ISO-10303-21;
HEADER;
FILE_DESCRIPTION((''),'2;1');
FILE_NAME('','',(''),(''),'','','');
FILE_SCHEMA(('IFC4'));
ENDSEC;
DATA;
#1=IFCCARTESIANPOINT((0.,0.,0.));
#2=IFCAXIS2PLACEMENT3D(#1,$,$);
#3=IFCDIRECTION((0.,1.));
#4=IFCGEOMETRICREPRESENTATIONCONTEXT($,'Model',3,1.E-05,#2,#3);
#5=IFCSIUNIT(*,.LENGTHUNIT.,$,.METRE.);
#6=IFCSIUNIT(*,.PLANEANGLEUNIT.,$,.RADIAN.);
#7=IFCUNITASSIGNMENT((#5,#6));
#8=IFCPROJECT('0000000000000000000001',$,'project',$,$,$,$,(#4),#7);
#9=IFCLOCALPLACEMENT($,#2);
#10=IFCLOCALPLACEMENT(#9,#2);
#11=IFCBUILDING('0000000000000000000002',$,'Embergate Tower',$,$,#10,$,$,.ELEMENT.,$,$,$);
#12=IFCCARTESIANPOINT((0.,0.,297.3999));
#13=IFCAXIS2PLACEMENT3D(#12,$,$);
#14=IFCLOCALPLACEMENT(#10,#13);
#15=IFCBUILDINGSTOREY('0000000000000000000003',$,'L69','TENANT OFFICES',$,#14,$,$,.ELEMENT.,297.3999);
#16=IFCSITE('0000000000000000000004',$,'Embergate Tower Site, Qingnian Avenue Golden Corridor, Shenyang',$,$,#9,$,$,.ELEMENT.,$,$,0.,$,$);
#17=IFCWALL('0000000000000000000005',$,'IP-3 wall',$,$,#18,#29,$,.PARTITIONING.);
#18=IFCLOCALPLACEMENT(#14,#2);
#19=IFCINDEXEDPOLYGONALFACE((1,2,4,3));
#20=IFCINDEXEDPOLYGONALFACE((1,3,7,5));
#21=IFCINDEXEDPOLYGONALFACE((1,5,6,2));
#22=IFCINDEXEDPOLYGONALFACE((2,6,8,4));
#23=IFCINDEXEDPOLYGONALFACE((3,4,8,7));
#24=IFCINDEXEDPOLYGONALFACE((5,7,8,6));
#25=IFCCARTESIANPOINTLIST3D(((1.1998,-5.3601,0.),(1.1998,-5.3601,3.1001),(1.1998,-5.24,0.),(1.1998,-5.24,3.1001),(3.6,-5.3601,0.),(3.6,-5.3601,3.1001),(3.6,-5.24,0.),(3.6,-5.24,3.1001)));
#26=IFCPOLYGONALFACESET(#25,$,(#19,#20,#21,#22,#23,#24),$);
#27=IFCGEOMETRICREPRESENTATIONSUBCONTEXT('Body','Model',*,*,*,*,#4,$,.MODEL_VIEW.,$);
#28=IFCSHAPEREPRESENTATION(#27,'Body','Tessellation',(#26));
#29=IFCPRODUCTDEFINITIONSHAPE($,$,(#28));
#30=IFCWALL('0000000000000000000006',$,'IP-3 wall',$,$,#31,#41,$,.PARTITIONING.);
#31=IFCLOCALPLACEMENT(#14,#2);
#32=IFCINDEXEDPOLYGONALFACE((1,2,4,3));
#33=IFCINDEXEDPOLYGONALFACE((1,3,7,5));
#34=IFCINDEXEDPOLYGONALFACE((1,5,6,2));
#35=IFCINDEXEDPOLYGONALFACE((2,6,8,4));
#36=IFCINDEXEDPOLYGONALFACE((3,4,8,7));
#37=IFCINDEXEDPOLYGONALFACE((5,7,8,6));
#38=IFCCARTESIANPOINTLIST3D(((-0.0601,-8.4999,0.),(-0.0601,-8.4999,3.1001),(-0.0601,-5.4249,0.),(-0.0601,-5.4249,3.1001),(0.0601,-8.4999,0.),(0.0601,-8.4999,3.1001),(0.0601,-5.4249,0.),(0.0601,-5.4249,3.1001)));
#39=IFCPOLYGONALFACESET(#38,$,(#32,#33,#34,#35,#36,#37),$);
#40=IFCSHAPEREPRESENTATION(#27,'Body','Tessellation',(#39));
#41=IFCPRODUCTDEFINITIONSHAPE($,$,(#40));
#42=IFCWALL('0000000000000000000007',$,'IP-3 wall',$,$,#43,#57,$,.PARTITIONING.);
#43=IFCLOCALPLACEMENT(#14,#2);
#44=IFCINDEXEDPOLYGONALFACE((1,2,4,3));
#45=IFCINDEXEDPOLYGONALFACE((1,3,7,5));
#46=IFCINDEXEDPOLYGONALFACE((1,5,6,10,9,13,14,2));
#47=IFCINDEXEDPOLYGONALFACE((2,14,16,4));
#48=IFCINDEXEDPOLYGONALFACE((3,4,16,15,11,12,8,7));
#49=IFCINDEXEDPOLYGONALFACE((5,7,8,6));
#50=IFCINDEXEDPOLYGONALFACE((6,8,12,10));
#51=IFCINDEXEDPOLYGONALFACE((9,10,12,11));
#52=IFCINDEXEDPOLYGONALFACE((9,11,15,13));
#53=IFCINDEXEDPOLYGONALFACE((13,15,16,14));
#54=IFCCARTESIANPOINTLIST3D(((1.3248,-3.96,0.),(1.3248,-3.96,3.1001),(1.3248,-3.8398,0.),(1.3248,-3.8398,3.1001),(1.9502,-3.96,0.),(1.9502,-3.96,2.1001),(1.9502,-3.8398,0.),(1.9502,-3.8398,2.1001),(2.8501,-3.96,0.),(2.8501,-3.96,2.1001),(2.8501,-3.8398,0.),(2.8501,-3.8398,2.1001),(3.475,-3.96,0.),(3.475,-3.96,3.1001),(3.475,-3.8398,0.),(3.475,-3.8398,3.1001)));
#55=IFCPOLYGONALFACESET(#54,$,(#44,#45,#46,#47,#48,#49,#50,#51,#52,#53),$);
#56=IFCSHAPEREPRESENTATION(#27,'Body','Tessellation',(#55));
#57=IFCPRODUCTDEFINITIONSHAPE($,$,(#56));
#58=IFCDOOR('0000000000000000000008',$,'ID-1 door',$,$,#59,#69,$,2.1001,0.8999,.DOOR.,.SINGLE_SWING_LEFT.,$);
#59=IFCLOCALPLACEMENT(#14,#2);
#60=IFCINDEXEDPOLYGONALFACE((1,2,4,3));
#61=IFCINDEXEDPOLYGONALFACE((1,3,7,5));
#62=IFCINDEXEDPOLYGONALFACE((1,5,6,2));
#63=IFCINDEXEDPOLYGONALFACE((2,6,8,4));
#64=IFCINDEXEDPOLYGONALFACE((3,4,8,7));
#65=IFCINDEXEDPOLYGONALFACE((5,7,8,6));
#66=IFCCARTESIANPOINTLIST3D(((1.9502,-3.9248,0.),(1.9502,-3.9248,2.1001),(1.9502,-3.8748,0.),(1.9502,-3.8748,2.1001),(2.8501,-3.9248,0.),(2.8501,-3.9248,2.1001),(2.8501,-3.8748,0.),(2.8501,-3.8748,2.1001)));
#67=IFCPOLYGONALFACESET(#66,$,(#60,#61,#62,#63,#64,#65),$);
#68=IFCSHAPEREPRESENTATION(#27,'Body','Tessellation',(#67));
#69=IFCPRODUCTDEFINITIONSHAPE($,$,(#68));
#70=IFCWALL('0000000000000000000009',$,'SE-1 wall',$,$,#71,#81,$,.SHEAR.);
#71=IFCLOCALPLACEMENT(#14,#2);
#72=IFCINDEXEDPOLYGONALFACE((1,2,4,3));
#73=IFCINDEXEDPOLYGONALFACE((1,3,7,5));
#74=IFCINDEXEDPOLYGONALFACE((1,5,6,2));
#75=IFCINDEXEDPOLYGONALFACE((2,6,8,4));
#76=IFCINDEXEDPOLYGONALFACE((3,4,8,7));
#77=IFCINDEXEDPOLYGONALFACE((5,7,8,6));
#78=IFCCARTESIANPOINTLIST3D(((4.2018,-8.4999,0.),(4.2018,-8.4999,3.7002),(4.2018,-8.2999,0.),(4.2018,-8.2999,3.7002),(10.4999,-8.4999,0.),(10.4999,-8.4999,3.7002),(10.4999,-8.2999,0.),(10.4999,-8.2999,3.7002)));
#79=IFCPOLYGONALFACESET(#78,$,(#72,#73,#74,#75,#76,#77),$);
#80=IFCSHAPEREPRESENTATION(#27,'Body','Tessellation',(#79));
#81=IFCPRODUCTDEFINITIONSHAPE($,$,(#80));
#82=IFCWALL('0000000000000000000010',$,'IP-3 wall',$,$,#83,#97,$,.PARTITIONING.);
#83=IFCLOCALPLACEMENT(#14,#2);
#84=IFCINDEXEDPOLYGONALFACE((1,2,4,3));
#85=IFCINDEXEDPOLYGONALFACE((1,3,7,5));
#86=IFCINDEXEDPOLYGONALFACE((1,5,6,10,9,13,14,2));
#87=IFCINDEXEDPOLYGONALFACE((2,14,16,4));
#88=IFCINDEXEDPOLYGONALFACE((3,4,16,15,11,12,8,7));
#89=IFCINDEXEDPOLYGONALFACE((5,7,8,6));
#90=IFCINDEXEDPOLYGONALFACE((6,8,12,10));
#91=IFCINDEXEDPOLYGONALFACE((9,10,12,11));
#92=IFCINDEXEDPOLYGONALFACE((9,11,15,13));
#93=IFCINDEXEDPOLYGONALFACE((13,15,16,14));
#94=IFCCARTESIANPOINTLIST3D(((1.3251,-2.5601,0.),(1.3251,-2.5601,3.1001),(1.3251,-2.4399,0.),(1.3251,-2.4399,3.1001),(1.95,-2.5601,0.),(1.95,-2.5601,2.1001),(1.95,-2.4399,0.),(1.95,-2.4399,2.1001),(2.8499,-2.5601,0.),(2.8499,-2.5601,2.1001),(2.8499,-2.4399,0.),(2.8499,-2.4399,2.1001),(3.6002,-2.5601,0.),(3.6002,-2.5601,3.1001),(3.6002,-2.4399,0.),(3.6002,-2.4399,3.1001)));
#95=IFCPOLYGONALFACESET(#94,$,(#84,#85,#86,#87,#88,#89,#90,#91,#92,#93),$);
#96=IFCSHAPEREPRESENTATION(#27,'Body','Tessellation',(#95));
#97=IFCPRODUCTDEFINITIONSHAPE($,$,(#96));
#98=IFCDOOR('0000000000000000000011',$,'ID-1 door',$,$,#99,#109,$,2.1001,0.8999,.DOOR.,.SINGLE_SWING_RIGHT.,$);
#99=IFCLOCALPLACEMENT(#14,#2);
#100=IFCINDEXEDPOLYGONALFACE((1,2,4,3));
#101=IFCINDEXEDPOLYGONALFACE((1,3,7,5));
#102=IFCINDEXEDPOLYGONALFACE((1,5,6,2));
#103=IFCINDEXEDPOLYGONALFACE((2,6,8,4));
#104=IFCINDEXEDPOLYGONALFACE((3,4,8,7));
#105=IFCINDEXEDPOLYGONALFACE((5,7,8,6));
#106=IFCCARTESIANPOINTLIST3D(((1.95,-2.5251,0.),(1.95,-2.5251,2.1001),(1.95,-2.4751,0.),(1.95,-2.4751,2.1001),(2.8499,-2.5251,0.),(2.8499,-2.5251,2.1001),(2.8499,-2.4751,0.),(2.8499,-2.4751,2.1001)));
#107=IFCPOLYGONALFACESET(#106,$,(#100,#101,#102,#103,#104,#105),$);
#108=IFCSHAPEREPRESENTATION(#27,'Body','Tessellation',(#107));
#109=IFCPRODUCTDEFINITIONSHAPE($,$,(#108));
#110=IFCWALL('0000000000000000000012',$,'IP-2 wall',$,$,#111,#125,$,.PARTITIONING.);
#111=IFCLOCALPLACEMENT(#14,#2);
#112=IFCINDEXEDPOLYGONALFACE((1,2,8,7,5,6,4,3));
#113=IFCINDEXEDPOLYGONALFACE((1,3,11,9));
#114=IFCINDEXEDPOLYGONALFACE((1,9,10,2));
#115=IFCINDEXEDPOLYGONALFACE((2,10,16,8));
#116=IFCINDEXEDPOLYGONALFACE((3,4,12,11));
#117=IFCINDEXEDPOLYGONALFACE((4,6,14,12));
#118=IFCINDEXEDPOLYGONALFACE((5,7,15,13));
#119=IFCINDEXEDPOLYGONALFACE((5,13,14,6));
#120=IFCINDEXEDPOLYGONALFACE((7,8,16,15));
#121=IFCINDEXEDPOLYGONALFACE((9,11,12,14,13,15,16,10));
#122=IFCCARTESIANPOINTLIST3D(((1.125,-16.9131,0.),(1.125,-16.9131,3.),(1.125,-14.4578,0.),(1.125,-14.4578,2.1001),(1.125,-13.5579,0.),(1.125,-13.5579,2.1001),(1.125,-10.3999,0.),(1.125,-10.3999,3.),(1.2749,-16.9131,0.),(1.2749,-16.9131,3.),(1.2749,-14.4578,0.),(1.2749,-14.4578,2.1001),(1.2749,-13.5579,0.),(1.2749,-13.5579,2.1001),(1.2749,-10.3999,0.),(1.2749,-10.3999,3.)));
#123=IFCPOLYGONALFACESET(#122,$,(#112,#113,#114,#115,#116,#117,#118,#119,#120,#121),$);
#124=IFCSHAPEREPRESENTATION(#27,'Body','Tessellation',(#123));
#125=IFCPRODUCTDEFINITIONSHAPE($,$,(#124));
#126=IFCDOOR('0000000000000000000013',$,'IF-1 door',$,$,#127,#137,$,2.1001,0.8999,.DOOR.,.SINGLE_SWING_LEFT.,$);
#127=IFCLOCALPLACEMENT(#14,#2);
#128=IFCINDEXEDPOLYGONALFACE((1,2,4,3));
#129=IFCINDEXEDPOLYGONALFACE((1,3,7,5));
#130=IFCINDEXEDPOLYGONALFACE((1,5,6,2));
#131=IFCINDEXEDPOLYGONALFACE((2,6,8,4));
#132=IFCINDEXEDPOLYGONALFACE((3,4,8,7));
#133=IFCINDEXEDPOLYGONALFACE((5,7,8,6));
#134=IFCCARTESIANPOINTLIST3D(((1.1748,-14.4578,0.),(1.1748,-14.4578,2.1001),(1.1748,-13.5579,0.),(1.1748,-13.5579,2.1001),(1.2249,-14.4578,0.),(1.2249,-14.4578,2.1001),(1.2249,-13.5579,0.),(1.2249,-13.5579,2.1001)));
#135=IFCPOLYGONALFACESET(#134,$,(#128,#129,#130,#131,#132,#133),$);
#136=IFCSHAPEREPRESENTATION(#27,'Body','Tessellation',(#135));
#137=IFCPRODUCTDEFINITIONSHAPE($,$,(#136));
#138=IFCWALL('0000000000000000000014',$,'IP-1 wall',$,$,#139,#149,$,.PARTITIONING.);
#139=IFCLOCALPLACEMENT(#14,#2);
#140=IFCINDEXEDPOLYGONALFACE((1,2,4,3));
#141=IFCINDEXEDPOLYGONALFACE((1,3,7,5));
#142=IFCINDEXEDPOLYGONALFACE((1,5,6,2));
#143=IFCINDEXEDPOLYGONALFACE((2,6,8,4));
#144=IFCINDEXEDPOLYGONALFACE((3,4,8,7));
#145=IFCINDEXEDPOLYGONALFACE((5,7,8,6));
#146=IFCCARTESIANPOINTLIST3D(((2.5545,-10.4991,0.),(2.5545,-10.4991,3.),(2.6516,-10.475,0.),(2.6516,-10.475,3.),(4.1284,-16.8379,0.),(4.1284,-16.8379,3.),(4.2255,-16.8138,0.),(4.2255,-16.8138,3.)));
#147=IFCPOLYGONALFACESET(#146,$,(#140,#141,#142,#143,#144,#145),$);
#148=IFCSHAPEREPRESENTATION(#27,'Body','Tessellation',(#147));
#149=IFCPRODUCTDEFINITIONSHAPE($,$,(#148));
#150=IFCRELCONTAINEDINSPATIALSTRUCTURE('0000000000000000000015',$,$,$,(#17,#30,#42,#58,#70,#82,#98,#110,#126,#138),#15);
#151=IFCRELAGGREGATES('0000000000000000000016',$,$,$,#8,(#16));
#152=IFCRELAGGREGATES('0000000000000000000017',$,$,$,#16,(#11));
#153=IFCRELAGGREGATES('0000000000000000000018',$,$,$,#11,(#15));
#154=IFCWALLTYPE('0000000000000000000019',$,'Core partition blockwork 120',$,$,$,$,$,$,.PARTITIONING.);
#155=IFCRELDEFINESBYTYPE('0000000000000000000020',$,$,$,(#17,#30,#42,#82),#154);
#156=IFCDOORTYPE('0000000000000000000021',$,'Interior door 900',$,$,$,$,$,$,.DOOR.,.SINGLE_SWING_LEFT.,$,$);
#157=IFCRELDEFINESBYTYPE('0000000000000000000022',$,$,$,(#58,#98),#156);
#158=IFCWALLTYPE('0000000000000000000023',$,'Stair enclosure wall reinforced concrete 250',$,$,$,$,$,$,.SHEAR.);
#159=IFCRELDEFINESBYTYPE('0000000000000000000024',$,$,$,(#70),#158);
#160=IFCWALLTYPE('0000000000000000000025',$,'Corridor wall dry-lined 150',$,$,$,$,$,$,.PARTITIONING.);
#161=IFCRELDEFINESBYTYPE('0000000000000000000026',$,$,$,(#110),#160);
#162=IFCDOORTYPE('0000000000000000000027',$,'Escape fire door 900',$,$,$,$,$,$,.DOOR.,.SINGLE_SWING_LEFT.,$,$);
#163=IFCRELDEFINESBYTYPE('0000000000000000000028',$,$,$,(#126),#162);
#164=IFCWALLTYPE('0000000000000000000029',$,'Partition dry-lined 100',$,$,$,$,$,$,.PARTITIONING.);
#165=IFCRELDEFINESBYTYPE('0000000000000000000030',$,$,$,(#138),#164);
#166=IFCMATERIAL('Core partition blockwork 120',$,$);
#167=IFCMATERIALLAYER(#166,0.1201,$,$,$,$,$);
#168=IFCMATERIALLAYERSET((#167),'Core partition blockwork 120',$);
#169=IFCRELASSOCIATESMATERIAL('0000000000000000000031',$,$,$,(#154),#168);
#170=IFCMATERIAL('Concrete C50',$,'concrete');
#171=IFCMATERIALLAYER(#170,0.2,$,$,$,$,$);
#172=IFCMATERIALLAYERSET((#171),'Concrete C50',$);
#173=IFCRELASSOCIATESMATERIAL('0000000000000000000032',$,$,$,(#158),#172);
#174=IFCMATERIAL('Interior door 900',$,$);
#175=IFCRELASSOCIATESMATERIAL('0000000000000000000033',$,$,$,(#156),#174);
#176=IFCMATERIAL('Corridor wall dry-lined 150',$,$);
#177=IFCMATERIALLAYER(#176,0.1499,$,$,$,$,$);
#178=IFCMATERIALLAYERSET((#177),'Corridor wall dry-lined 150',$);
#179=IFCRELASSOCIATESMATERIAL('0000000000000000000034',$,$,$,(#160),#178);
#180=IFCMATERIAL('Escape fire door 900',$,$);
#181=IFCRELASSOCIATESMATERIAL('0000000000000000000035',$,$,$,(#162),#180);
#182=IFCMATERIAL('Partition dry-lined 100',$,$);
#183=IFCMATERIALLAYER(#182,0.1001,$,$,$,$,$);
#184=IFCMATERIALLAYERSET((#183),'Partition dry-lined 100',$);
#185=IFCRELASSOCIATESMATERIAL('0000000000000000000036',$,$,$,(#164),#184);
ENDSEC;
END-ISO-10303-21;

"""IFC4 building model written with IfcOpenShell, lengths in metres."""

from ifc_helpers import new_model, si_unit, direction, frame, frame_2d, origin, place, context, subcontext, project, spatial, rectangle, extrude, source, transform, mapped, material, layer, layer_set, type_object, element, fill, save


model = new_model("IFC4")

# Units and contexts
model_context = context("Model", 3, precision=1e-05, world=origin(), true_north=direction((0.0, 1.0)))
body_context = subcontext(model_context, "Body", "Model", "MODEL_VIEW")
ifc_project = project(units=[si_unit("LENGTHUNIT", "METRE"), si_unit("PLANEANGLEUNIT", "RADIAN")], contexts=[model_context])

# Site, building, storey
site_placement = place(None, origin())
site = spatial("IfcSite", under=ifc_project, at=site_placement, Name="Embergate Tower Site, Qingnian Avenue Golden Corridor, Shenyang", CompositionType="ELEMENT", RefElevation=0.0)
building_placement = place(site_placement, origin())
building = spatial("IfcBuilding", under=site, at=building_placement, Name="Embergate Tower", CompositionType="ELEMENT")
storey_placement = place(building_placement, frame((0.0, 0.0, 297.3999)))
storey = spatial("IfcBuildingStorey", under=building, at=storey_placement, Name="L69", Description="TENANT OFFICES", CompositionType="ELEMENT", Elevation=297.3999)

# Shared definitions
ifc_material_1 = material(Name="Core partition blockwork 120")
ifc_layer_1 = layer(ifc_material_1, 0.1201)
ifc_layer_set_1 = layer_set([ifc_layer_1], Name="Core partition blockwork 120")
wall_type_1 = type_object("IfcWallType", Name="Core partition blockwork 120", PredefinedType="PARTITIONING", material=ifc_layer_set_1)

# Shared definitions
ifc_material_2 = material(Name="Concrete C50", Category="concrete")
ifc_layer_2 = layer(ifc_material_2, 0.2)
ifc_layer_set_2 = layer_set([ifc_layer_2], Name="Concrete C50")
wall_type_2 = type_object("IfcWallType", Name="Stair enclosure wall reinforced concrete 250", PredefinedType="SHEAR", material=ifc_layer_set_2)

# Walls
shared_shape_1 = source(origin(), body_context, "Body", "SweptSolid", [
    extrude(rectangle(XDim=2.4001, YDim=0.1201, at=frame_2d((1.2002, 0.0))), origin(), (0.0, 0.0, 1.0), 3.1001),
])
wall_1_placement = place(storey_placement, frame((3.6001, -5.3, 0.0), z_axis=(0.0, 0.0, 1.0), x_axis=(-1.0, 0.0, 0.0)))
element("IfcWall", 1, at=wall_1_placement, inside=storey, type_object=wall_type_1, Name="IP-3 wall", PredefinedType="PARTITIONING", context=body_context, shape_type="MappedRepresentation", body=[
    mapped(shared_shape_1, transform((0.0, 0.0, 0.0))),
])
shared_shape_2 = source(origin(), body_context, "Body", "SweptSolid", [
    extrude(rectangle(XDim=3.075, YDim=0.1201, at=frame_2d((1.5376, 0.0))), origin(), (0.0, 0.0, 1.0), 3.1001),
])
wall_2_placement = place(storey_placement, frame((0.0, -8.5, 0.0), z_axis=(0.0, 0.0, 1.0), x_axis=(0.0, 1.0, 0.0)))
element("IfcWall", 2, at=wall_2_placement, inside=storey, type_object=wall_type_1, Name="IP-3 wall", PredefinedType="PARTITIONING", context=body_context, shape_type="MappedRepresentation", body=[
    mapped(shared_shape_2, transform((0.0, 0.0, 0.0))),
])

# Wall, opening, door
shared_shape_3 = source(origin(), body_context, "Body", "SweptSolid", [
    extrude(rectangle(XDim=2.1501, YDim=0.1201, at=frame_2d((1.0752, 0.0))), origin(), (0.0, 0.0, 1.0), 3.1001),
])
wall_3_placement = place(storey_placement, frame((3.4751, -3.8999, 0.0), z_axis=(0.0, 0.0, 1.0), x_axis=(-1.0, 0.0, 0.0)))
wall_3 = element("IfcWall", 3, at=wall_3_placement, inside=storey, type_object=wall_type_1, Name="IP-3 wall", PredefinedType="PARTITIONING", context=body_context, shape_type="MappedRepresentation", body=[
    mapped(shared_shape_3, transform((0.0, 0.0, 0.0))),
])
shared_shape_4 = source(origin(), body_context, "Body", "SweptSolid", [
    extrude(rectangle(XDim=0.8999, YDim=2.1001, at=frame_2d((0.45, 1.05))), frame((0.0, 0.0701, 0.0), z_axis=(0.0, -1.0, 0.0), x_axis=(1.0, 0.0, 0.0)), (0.0, 0.0, 1.0), 0.1401),
])
opening_1_placement = place(wall_3_placement, frame((0.625, 0.0, 0.0)))
opening_1 = element("IfcOpeningElement", 4, at=opening_1_placement, cuts=wall_3, PredefinedType="OPENING", context=body_context, shape_type="MappedRepresentation", body=[
    mapped(shared_shape_4, transform((0.0, 0.0, 0.0))),
])
ifc_material_3 = material(Name="Interior door 900")
door_type_1 = type_object("IfcDoorType", Name="Interior door 900", OperationType="SINGLE_SWING_LEFT", PredefinedType="DOOR", material=ifc_material_3)
shared_shape_5 = source(origin(), body_context, "Body", "SweptSolid", [
    extrude(rectangle(XDim=0.8999, YDim=2.1001, at=frame_2d((0.45, 1.05))), frame((0.0, 0.0249, 0.0), z_axis=(0.0, -1.0, 0.0), x_axis=(1.0, 0.0, 0.0)), (0.0, 0.0, 1.0), 0.05),
])
door_1_placement = place(opening_1_placement, origin())
door_1 = element("IfcDoor", 5, at=door_1_placement, inside=storey, type_object=door_type_1, Name="ID-1 door", OperationType="SINGLE_SWING_LEFT", OverallHeight=2.1001, OverallWidth=0.8999, PredefinedType="DOOR", context=body_context, shape_type="MappedRepresentation", body=[
    mapped(shared_shape_5, transform((0.0, 0.0, 0.0))),
])
fill(opening_1, door_1)

# Wall
shared_shape_6 = source(origin(), body_context, "Body", "SweptSolid", [
    extrude(rectangle(XDim=6.2981, YDim=0.2, at=frame_2d((3.1489, 0.0))), origin(), (0.0, 0.0, 1.0), 3.7002),
])
wall_4_placement = place(storey_placement, frame((4.2019, -8.3999, 0.0), z_axis=(0.0, 0.0, 1.0), x_axis=(1.0, 0.0, 0.0)))
element("IfcWall", 6, at=wall_4_placement, inside=storey, type_object=wall_type_2, Name="SE-1 wall", PredefinedType="SHEAR", context=body_context, shape_type="MappedRepresentation", body=[
    mapped(shared_shape_6, transform((0.0, 0.0, 0.0))),
])

# Walls, openings, doors
shared_shape_7 = source(origin(), body_context, "Body", "SweptSolid", [
    extrude(rectangle(XDim=2.2751, YDim=0.1201, at=frame_2d((1.1377, 0.0))), origin(), (0.0, 0.0, 1.0), 3.1001),
])
wall_5_placement = place(storey_placement, frame((1.325, -2.5, 0.0), z_axis=(0.0, 0.0, 1.0), x_axis=(1.0, 0.0, 0.0)))
wall_5 = element("IfcWall", 7, at=wall_5_placement, inside=storey, type_object=wall_type_1, Name="IP-3 wall", PredefinedType="PARTITIONING", context=body_context, shape_type="MappedRepresentation", body=[
    mapped(shared_shape_7, transform((0.0, 0.0, 0.0))),
])
opening_2_placement = place(wall_5_placement, frame((0.625, 0.0, 0.0)))
opening_2 = element("IfcOpeningElement", 8, at=opening_2_placement, cuts=wall_5, PredefinedType="OPENING", context=body_context, shape_type="MappedRepresentation", body=[
    mapped(shared_shape_4, transform((0.0, 0.0, 0.0))),
])
door_2_placement = place(opening_2_placement, origin())
door_2 = element("IfcDoor", 9, at=door_2_placement, inside=storey, type_object=door_type_1, Name="ID-1 door", OperationType="SINGLE_SWING_RIGHT", OverallHeight=2.1001, OverallWidth=0.8999, PredefinedType="DOOR", context=body_context, shape_type="MappedRepresentation", body=[
    mapped(shared_shape_5, transform((0.0, 0.0, 0.0))),
])
fill(opening_2, door_2)
ifc_material_4 = material(Name="Corridor wall dry-lined 150")
ifc_layer_3 = layer(ifc_material_4, 0.1499)
ifc_layer_set_3 = layer_set([ifc_layer_3], Name="Corridor wall dry-lined 150")
wall_type_3 = type_object("IfcWallType", Name="Corridor wall dry-lined 150", PredefinedType="PARTITIONING", material=ifc_layer_set_3)
shared_shape_8 = source(origin(), body_context, "Body", "SweptSolid", [
    extrude(rectangle(XDim=6.5132, YDim=0.1499, at=frame_2d((3.2566, 0.0))), origin(), (0.0, 0.0, 1.0), 3.0),
])
wall_6_placement = place(storey_placement, frame((1.2, -10.3999, 0.0), z_axis=(0.0, 0.0, 1.0), x_axis=(0.0, -1.0, 0.0)))
wall_6 = element("IfcWall", 10, at=wall_6_placement, inside=storey, type_object=wall_type_3, Name="IP-2 wall", PredefinedType="PARTITIONING", context=body_context, shape_type="MappedRepresentation", body=[
    mapped(shared_shape_8, transform((0.0, 0.0, 0.0))),
])
shared_shape_9 = source(origin(), body_context, "Body", "SweptSolid", [
    extrude(rectangle(XDim=0.8999, YDim=2.1001, at=frame_2d((0.45, 1.05))), frame((0.0, 0.085, 0.0), z_axis=(0.0, -1.0, 0.0), x_axis=(1.0, 0.0, 0.0)), (0.0, 0.0, 1.0), 0.1699),
])
opening_3_placement = place(wall_6_placement, frame((3.158, 0.0, 0.0)))
opening_3 = element("IfcOpeningElement", 11, at=opening_3_placement, cuts=wall_6, PredefinedType="OPENING", context=body_context, shape_type="MappedRepresentation", body=[
    mapped(shared_shape_9, transform((0.0, 0.0, 0.0))),
])
ifc_material_5 = material(Name="Escape fire door 900")
door_type_2 = type_object("IfcDoorType", Name="Escape fire door 900", OperationType="SINGLE_SWING_LEFT", PredefinedType="DOOR", material=ifc_material_5)
door_3_placement = place(opening_3_placement, origin())
door_3 = element("IfcDoor", 12, at=door_3_placement, inside=storey, type_object=door_type_2, Name="IF-1 door", OperationType="SINGLE_SWING_LEFT", OverallHeight=2.1001, OverallWidth=0.8999, PredefinedType="DOOR", context=body_context, shape_type="MappedRepresentation", body=[
    mapped(shared_shape_5, transform((0.0, 0.0, 0.0))),
])
fill(opening_3, door_3)

# Wall
ifc_material_6 = material(Name="Partition dry-lined 100")
ifc_layer_4 = layer(ifc_material_6, 0.1001)
ifc_layer_set_4 = layer_set([ifc_layer_4], Name="Partition dry-lined 100")
wall_type_4 = type_object("IfcWallType", Name="Partition dry-lined 100", PredefinedType="PARTITIONING", material=ifc_layer_set_4)
shared_shape_10 = source(origin(), body_context, "Body", "SweptSolid", [
    extrude(rectangle(XDim=6.5312, YDim=0.1001, at=frame_2d((3.2656, 0.0))), origin(), (0.0, 0.0, 1.0), 3.0),
])
wall_7_placement = place(storey_placement, frame((2.603, -10.4871, 0.0), z_axis=(0.0, 0.0, 1.0), x_axis=(0.240987, -0.970528, 0.0)))
element("IfcWall", 13, at=wall_7_placement, inside=storey, type_object=wall_type_4, Name="IP-1 wall", PredefinedType="PARTITIONING", context=body_context, shape_type="MappedRepresentation", body=[
    mapped(shared_shape_10, transform((0.0, 0.0, 0.0))),
])

save(model, "model.ifc")
